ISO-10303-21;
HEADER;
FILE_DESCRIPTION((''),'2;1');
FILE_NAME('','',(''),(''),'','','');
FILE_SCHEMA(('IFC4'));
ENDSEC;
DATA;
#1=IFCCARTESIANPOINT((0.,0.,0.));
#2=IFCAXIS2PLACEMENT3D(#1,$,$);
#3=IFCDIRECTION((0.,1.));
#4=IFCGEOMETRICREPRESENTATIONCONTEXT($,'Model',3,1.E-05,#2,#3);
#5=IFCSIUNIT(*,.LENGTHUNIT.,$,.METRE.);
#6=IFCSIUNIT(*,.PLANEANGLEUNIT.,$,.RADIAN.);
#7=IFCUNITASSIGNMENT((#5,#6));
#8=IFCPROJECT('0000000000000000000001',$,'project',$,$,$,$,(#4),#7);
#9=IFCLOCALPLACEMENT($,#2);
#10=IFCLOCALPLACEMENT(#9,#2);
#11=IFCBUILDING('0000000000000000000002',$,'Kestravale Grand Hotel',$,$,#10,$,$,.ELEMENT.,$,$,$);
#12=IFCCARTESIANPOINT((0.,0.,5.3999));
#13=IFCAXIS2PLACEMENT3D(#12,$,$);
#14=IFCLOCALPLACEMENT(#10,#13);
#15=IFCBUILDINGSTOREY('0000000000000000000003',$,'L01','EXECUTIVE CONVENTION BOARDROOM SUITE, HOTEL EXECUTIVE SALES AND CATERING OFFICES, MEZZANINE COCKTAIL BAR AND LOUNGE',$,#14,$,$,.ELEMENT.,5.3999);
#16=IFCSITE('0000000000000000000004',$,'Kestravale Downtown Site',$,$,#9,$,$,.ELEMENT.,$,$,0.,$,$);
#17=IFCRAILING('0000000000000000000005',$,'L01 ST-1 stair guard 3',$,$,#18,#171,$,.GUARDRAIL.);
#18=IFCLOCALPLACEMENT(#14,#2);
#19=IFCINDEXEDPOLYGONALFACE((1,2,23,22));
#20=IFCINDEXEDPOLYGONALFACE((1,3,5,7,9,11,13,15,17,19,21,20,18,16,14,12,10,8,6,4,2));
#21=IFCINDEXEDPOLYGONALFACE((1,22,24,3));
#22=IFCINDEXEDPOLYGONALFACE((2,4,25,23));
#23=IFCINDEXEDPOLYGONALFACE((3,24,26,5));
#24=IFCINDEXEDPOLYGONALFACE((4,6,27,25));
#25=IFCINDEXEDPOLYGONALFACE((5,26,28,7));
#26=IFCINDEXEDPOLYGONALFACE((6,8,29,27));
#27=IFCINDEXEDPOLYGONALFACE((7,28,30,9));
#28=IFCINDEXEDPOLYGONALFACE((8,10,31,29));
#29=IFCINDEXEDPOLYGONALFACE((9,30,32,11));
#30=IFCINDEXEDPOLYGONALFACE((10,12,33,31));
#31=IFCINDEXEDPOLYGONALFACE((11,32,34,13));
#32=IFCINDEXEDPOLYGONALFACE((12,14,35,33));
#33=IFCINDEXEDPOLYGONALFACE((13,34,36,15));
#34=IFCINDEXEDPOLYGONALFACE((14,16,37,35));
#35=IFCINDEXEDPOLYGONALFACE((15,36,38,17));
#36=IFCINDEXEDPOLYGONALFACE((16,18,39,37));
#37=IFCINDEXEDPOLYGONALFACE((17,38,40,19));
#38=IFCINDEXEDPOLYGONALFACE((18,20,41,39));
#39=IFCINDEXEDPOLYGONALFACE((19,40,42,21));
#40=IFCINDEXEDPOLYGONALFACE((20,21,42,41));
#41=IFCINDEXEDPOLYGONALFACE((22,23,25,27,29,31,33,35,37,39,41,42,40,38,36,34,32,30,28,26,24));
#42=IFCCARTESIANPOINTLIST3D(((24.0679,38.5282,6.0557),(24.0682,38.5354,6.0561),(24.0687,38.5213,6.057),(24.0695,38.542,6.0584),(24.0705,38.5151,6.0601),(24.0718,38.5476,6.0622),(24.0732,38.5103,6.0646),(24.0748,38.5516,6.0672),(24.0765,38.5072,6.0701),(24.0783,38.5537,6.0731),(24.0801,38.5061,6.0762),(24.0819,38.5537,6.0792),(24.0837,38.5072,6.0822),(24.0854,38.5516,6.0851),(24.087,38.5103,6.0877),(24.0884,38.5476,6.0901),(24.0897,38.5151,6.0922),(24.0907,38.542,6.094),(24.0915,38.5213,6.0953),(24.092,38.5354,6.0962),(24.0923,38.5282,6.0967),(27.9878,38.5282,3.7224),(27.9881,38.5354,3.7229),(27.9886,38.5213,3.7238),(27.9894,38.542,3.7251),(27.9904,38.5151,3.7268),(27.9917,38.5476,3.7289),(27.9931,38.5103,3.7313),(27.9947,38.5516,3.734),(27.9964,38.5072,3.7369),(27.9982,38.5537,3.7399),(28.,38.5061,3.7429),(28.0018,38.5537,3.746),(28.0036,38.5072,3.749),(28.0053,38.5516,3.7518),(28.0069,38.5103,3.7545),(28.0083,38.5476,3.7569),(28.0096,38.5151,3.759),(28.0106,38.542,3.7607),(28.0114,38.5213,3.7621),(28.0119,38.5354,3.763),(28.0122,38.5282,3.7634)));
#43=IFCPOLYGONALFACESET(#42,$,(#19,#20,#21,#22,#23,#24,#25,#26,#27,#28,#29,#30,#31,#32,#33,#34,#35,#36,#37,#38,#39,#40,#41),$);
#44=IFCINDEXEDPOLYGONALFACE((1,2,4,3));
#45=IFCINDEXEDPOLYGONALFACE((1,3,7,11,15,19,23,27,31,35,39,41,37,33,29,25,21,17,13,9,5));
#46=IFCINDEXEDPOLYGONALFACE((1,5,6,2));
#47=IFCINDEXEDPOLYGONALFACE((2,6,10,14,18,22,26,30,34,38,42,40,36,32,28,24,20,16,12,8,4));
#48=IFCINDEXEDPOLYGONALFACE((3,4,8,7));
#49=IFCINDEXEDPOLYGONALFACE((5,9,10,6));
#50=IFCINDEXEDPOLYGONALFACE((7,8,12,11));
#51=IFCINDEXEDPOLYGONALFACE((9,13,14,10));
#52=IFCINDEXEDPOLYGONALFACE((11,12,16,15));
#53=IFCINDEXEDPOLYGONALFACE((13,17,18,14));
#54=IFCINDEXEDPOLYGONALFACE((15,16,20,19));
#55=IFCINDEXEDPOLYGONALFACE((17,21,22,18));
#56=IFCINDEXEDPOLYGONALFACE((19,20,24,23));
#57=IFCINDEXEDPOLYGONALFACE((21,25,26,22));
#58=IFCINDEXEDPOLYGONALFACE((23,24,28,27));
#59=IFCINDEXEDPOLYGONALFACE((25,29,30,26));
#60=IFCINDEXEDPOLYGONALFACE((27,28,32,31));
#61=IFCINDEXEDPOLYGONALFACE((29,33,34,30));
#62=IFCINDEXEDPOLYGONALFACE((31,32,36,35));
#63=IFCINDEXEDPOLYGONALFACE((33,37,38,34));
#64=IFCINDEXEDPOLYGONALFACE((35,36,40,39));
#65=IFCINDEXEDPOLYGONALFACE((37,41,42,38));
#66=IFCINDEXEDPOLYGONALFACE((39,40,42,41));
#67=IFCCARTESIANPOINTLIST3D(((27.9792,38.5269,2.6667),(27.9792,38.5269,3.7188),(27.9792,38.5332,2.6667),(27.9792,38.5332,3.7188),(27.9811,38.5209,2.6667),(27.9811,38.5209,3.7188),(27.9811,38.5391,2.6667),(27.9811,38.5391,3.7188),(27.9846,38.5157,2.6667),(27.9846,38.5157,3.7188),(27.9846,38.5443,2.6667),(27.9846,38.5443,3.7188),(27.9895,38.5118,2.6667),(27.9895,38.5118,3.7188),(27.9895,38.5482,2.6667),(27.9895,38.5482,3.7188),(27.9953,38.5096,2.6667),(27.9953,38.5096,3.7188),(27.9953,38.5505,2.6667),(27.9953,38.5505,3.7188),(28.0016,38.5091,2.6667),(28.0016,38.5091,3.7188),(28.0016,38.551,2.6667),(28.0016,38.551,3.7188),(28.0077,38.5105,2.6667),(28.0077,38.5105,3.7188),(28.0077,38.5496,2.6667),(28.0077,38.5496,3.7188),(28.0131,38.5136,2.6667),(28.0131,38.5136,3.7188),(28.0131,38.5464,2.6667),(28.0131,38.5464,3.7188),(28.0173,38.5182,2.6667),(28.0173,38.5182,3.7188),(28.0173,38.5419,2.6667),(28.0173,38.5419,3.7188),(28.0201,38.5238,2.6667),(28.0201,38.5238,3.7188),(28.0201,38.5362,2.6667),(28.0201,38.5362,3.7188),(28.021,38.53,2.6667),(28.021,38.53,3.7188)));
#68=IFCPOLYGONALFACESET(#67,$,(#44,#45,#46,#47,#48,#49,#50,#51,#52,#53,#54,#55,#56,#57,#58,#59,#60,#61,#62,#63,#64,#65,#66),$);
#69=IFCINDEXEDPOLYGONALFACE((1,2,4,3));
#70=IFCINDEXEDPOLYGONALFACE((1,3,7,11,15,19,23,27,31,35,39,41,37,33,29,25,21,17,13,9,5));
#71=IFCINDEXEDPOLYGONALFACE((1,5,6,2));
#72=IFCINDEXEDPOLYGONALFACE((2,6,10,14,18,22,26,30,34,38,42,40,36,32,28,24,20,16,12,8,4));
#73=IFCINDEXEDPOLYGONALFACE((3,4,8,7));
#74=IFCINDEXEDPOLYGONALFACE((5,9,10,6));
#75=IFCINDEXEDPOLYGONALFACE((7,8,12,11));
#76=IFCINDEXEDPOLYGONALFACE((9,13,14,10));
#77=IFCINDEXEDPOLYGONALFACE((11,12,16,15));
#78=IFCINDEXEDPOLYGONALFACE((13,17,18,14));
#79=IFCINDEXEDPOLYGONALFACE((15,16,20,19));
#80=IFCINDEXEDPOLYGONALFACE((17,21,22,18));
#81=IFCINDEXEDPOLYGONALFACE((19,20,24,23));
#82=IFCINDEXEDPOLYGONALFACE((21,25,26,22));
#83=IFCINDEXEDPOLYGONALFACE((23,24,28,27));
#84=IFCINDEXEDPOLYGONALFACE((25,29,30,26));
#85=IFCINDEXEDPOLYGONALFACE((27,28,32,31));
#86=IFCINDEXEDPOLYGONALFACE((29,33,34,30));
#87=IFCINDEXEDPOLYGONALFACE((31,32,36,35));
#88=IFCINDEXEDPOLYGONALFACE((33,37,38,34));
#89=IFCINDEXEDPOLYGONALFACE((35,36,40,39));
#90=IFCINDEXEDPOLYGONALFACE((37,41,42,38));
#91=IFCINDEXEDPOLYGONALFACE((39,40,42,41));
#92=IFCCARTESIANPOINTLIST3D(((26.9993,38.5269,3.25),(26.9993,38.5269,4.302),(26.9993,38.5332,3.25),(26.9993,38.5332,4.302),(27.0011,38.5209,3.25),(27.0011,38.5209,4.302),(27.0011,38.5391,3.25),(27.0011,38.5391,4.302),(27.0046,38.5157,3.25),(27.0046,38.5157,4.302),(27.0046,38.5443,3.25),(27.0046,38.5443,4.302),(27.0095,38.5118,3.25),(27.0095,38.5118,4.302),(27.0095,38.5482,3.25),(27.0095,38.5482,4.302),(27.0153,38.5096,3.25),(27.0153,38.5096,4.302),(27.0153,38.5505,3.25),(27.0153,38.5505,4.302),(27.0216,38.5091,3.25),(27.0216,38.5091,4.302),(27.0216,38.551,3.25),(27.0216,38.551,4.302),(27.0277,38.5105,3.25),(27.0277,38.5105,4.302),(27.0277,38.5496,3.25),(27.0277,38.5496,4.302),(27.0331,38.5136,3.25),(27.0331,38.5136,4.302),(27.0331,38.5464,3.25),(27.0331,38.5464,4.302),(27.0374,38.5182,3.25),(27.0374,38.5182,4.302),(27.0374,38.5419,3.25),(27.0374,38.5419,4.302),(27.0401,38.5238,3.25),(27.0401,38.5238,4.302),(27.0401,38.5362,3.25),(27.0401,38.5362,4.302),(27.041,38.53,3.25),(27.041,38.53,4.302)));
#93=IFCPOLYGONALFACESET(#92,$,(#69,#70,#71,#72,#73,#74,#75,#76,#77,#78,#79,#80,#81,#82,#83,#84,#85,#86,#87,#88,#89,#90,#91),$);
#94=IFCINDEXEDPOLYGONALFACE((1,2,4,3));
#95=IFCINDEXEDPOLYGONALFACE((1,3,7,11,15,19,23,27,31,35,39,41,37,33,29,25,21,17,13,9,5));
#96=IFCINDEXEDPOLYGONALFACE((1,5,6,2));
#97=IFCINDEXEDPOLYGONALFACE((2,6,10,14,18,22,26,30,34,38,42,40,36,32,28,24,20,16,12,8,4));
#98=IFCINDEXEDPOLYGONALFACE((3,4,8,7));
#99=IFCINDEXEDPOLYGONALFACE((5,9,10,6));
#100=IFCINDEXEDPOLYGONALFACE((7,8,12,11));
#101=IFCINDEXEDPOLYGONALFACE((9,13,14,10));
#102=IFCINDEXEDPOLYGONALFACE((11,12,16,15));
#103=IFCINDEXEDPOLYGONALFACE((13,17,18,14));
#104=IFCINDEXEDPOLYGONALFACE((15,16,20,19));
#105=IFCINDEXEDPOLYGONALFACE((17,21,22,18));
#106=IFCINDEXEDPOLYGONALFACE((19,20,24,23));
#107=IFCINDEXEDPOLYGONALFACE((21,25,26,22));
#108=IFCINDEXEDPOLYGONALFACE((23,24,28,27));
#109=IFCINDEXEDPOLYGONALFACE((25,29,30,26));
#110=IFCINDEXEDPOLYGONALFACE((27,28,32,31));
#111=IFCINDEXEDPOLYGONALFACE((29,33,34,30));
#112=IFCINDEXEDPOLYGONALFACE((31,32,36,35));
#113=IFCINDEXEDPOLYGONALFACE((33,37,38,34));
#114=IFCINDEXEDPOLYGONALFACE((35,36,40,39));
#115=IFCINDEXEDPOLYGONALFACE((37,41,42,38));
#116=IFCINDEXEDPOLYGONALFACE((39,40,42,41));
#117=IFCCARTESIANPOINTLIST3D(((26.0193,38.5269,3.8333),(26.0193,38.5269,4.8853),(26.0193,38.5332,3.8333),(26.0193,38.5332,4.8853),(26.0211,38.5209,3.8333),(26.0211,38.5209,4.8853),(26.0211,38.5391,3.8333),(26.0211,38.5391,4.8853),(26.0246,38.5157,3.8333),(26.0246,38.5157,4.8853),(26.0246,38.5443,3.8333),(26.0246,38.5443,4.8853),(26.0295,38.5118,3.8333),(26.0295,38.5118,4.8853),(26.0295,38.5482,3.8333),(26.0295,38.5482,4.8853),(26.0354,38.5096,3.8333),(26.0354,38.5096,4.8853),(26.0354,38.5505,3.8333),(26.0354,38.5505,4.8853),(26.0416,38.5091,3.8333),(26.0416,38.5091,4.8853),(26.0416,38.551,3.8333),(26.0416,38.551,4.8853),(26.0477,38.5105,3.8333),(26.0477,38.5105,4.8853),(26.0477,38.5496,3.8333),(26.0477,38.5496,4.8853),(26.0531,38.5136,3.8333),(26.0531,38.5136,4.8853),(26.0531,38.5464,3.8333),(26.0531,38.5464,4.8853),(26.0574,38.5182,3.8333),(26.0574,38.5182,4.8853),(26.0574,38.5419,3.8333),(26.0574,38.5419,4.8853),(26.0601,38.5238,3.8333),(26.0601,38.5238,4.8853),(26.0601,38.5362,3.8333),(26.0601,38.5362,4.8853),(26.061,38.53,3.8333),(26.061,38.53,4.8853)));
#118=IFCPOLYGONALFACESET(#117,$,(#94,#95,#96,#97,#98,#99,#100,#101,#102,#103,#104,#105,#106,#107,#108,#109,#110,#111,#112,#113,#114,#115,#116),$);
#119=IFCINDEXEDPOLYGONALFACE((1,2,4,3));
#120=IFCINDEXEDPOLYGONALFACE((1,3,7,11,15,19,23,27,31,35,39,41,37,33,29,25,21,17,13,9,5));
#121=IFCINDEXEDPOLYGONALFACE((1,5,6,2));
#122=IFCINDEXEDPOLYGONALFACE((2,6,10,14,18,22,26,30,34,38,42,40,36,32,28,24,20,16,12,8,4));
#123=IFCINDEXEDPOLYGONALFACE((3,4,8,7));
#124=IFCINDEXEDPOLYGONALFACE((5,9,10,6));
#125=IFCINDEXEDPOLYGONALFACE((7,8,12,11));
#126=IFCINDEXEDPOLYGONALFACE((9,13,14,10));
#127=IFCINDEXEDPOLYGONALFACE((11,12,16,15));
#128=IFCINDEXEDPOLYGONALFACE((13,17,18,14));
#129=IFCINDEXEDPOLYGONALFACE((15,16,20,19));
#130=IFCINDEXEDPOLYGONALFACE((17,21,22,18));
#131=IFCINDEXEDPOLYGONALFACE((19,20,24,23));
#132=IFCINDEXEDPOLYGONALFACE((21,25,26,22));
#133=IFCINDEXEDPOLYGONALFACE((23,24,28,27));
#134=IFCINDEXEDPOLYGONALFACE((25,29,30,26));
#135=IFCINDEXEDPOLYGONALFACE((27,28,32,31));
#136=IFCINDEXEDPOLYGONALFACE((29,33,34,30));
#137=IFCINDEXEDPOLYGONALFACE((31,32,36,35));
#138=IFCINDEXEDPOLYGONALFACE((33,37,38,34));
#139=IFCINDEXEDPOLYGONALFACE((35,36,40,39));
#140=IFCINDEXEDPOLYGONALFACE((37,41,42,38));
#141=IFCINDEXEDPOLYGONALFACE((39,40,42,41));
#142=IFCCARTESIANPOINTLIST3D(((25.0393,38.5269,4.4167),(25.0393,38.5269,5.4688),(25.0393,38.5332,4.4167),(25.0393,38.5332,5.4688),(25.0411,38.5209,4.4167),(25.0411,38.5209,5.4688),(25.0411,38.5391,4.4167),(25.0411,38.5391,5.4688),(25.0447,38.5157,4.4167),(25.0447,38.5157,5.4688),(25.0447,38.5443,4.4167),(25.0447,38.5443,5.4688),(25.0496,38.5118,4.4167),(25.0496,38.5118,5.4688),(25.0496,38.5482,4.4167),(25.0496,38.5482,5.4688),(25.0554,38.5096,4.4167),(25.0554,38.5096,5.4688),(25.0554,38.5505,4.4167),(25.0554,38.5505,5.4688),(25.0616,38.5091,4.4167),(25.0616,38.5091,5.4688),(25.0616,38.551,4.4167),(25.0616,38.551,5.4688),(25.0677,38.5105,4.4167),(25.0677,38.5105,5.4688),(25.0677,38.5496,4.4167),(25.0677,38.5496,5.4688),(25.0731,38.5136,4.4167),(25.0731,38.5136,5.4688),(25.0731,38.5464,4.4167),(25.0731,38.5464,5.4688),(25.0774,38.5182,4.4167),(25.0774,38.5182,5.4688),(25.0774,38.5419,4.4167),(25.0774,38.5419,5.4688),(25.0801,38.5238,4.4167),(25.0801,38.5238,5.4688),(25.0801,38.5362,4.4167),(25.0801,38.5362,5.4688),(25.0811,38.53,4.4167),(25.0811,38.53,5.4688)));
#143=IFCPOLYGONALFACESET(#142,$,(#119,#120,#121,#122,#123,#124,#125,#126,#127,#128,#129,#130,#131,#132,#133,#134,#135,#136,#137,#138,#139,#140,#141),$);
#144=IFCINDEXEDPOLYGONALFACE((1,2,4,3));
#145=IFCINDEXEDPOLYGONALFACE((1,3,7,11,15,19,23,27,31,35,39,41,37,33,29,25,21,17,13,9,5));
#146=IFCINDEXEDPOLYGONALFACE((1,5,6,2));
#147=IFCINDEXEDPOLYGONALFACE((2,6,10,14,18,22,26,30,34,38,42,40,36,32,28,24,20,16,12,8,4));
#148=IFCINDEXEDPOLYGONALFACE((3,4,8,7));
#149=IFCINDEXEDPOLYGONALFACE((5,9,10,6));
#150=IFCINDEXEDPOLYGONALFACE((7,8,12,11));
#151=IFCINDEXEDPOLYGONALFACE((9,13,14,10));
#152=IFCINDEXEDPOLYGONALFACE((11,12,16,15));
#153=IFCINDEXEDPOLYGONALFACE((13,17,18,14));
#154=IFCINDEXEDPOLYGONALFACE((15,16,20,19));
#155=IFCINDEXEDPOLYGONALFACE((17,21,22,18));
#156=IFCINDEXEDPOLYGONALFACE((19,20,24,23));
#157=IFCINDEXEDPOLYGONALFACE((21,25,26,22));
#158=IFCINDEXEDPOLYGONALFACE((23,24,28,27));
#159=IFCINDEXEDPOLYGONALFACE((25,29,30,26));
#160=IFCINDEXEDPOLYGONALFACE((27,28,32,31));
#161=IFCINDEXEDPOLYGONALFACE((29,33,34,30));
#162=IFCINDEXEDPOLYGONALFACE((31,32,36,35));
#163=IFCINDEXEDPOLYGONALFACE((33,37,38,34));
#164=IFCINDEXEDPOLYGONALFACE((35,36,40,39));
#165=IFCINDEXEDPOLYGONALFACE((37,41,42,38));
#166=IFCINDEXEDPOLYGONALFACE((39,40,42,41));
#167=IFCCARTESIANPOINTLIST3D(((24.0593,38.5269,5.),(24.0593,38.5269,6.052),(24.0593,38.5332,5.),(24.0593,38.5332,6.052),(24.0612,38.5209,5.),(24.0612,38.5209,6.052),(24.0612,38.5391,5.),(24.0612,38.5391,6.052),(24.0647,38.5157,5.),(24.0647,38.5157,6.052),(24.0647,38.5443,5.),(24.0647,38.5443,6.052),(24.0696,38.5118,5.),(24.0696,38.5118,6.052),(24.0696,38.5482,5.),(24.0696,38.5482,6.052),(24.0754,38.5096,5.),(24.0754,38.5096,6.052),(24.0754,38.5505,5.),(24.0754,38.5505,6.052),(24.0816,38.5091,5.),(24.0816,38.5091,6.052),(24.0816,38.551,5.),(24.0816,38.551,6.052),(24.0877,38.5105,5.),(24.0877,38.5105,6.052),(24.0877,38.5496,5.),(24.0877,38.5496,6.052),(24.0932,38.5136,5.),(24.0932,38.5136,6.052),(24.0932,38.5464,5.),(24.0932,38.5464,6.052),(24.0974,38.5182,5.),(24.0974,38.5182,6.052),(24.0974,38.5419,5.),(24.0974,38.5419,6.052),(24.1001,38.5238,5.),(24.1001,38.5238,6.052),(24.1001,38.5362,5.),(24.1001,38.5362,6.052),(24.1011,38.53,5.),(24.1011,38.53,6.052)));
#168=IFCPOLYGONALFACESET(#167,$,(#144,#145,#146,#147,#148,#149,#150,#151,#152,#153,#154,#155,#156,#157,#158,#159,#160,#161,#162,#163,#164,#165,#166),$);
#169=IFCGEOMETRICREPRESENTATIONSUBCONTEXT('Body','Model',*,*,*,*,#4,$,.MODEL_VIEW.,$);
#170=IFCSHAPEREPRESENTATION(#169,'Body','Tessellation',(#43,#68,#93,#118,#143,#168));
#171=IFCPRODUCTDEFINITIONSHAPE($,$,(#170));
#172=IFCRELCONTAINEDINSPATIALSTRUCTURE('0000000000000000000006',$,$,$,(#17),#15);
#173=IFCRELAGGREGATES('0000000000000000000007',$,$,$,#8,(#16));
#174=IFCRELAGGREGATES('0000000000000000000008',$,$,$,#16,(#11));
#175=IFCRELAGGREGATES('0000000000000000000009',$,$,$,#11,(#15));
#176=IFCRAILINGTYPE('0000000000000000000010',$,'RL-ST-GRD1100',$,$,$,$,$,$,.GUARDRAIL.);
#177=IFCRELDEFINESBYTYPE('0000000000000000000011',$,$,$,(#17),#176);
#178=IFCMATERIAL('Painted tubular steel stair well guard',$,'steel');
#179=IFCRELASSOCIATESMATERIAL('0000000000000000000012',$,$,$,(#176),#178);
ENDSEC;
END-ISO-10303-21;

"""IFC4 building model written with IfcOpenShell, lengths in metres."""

from ifc_helpers import new_model, si_unit, direction, frame, origin, origin_2d, place, context, subcontext, project, spatial, circle, extrude, material, type_object, element, save


model = new_model("IFC4")

# Units and contexts
model_context = context("Model", 3, precision=1e-05, world=origin(), true_north=direction((0.0, 1.0)))
body_context = subcontext(model_context, "Body", "Model", "MODEL_VIEW")
ifc_project = project(units=[si_unit("LENGTHUNIT", "METRE"), si_unit("PLANEANGLEUNIT", "RADIAN")], contexts=[model_context])

# Site, building, storey
site_placement = place(None, origin())
site = spatial("IfcSite", under=ifc_project, at=site_placement, Name="Kestravale Downtown Site", CompositionType="ELEMENT", RefElevation=0.0)
building_placement = place(site_placement, origin())
building = spatial("IfcBuilding", under=site, at=building_placement, Name="Kestravale Grand Hotel", CompositionType="ELEMENT")
storey_placement = place(building_placement, frame((0.0, 0.0, 5.3999)))
storey = spatial("IfcBuildingStorey", under=building, at=storey_placement, Name="L01", Description="EXECUTIVE CONVENTION BOARDROOM SUITE, HOTEL EXECUTIVE SALES AND CATERING OFFICES, MEZZANINE COCKTAIL BAR AND LOUNGE", CompositionType="ELEMENT", Elevation=5.3999)

# Railing
ifc_material_1 = material(Name="Painted tubular steel stair well guard", Category="steel")
railing_type_1 = type_object("IfcRailingType", Name="RL-ST-GRD1100", PredefinedType="GUARDRAIL", material=ifc_material_1)
railing_1_placement = place(storey_placement, frame((28.0, 38.53, 2.6667)))
element("IfcRailing", 1, at=railing_1_placement, inside=storey, type_object=railing_type_1, Name="L01 ST-1 stair guard 3", PredefinedType="GUARDRAIL", context=body_context, shape_type="SweptSolid", body=[
    extrude(circle(Radius=0.0239, at=origin_2d()), frame((0.0, 0.0, 1.0762), z_axis=(-0.859296, 0.0, 0.511478), x_axis=(0.0, -1.0, 0.0)), (0.0, 0.0, 1.0), 4.5618),
    extrude(circle(Radius=0.021, at=origin_2d()), origin(), (0.0, 0.0, 1.0), 1.052),
    extrude(circle(Radius=0.021, at=origin_2d()), frame((-0.98, 0.0, 0.5833)), (0.0, 0.0, 1.0), 1.052),
    extrude(circle(Radius=0.021, at=origin_2d()), frame((-1.96, 0.0, 1.1665)), (0.0, 0.0, 1.0), 1.052),
    extrude(circle(Radius=0.021, at=origin_2d()), frame((-2.9399, 0.0, 1.75)), (0.0, 0.0, 1.0), 1.052),
    extrude(circle(Radius=0.021, at=origin_2d()), frame((-3.9199, 0.0, 2.3333)), (0.0, 0.0, 1.0), 1.052),
])

save(model, "model.ifc")
